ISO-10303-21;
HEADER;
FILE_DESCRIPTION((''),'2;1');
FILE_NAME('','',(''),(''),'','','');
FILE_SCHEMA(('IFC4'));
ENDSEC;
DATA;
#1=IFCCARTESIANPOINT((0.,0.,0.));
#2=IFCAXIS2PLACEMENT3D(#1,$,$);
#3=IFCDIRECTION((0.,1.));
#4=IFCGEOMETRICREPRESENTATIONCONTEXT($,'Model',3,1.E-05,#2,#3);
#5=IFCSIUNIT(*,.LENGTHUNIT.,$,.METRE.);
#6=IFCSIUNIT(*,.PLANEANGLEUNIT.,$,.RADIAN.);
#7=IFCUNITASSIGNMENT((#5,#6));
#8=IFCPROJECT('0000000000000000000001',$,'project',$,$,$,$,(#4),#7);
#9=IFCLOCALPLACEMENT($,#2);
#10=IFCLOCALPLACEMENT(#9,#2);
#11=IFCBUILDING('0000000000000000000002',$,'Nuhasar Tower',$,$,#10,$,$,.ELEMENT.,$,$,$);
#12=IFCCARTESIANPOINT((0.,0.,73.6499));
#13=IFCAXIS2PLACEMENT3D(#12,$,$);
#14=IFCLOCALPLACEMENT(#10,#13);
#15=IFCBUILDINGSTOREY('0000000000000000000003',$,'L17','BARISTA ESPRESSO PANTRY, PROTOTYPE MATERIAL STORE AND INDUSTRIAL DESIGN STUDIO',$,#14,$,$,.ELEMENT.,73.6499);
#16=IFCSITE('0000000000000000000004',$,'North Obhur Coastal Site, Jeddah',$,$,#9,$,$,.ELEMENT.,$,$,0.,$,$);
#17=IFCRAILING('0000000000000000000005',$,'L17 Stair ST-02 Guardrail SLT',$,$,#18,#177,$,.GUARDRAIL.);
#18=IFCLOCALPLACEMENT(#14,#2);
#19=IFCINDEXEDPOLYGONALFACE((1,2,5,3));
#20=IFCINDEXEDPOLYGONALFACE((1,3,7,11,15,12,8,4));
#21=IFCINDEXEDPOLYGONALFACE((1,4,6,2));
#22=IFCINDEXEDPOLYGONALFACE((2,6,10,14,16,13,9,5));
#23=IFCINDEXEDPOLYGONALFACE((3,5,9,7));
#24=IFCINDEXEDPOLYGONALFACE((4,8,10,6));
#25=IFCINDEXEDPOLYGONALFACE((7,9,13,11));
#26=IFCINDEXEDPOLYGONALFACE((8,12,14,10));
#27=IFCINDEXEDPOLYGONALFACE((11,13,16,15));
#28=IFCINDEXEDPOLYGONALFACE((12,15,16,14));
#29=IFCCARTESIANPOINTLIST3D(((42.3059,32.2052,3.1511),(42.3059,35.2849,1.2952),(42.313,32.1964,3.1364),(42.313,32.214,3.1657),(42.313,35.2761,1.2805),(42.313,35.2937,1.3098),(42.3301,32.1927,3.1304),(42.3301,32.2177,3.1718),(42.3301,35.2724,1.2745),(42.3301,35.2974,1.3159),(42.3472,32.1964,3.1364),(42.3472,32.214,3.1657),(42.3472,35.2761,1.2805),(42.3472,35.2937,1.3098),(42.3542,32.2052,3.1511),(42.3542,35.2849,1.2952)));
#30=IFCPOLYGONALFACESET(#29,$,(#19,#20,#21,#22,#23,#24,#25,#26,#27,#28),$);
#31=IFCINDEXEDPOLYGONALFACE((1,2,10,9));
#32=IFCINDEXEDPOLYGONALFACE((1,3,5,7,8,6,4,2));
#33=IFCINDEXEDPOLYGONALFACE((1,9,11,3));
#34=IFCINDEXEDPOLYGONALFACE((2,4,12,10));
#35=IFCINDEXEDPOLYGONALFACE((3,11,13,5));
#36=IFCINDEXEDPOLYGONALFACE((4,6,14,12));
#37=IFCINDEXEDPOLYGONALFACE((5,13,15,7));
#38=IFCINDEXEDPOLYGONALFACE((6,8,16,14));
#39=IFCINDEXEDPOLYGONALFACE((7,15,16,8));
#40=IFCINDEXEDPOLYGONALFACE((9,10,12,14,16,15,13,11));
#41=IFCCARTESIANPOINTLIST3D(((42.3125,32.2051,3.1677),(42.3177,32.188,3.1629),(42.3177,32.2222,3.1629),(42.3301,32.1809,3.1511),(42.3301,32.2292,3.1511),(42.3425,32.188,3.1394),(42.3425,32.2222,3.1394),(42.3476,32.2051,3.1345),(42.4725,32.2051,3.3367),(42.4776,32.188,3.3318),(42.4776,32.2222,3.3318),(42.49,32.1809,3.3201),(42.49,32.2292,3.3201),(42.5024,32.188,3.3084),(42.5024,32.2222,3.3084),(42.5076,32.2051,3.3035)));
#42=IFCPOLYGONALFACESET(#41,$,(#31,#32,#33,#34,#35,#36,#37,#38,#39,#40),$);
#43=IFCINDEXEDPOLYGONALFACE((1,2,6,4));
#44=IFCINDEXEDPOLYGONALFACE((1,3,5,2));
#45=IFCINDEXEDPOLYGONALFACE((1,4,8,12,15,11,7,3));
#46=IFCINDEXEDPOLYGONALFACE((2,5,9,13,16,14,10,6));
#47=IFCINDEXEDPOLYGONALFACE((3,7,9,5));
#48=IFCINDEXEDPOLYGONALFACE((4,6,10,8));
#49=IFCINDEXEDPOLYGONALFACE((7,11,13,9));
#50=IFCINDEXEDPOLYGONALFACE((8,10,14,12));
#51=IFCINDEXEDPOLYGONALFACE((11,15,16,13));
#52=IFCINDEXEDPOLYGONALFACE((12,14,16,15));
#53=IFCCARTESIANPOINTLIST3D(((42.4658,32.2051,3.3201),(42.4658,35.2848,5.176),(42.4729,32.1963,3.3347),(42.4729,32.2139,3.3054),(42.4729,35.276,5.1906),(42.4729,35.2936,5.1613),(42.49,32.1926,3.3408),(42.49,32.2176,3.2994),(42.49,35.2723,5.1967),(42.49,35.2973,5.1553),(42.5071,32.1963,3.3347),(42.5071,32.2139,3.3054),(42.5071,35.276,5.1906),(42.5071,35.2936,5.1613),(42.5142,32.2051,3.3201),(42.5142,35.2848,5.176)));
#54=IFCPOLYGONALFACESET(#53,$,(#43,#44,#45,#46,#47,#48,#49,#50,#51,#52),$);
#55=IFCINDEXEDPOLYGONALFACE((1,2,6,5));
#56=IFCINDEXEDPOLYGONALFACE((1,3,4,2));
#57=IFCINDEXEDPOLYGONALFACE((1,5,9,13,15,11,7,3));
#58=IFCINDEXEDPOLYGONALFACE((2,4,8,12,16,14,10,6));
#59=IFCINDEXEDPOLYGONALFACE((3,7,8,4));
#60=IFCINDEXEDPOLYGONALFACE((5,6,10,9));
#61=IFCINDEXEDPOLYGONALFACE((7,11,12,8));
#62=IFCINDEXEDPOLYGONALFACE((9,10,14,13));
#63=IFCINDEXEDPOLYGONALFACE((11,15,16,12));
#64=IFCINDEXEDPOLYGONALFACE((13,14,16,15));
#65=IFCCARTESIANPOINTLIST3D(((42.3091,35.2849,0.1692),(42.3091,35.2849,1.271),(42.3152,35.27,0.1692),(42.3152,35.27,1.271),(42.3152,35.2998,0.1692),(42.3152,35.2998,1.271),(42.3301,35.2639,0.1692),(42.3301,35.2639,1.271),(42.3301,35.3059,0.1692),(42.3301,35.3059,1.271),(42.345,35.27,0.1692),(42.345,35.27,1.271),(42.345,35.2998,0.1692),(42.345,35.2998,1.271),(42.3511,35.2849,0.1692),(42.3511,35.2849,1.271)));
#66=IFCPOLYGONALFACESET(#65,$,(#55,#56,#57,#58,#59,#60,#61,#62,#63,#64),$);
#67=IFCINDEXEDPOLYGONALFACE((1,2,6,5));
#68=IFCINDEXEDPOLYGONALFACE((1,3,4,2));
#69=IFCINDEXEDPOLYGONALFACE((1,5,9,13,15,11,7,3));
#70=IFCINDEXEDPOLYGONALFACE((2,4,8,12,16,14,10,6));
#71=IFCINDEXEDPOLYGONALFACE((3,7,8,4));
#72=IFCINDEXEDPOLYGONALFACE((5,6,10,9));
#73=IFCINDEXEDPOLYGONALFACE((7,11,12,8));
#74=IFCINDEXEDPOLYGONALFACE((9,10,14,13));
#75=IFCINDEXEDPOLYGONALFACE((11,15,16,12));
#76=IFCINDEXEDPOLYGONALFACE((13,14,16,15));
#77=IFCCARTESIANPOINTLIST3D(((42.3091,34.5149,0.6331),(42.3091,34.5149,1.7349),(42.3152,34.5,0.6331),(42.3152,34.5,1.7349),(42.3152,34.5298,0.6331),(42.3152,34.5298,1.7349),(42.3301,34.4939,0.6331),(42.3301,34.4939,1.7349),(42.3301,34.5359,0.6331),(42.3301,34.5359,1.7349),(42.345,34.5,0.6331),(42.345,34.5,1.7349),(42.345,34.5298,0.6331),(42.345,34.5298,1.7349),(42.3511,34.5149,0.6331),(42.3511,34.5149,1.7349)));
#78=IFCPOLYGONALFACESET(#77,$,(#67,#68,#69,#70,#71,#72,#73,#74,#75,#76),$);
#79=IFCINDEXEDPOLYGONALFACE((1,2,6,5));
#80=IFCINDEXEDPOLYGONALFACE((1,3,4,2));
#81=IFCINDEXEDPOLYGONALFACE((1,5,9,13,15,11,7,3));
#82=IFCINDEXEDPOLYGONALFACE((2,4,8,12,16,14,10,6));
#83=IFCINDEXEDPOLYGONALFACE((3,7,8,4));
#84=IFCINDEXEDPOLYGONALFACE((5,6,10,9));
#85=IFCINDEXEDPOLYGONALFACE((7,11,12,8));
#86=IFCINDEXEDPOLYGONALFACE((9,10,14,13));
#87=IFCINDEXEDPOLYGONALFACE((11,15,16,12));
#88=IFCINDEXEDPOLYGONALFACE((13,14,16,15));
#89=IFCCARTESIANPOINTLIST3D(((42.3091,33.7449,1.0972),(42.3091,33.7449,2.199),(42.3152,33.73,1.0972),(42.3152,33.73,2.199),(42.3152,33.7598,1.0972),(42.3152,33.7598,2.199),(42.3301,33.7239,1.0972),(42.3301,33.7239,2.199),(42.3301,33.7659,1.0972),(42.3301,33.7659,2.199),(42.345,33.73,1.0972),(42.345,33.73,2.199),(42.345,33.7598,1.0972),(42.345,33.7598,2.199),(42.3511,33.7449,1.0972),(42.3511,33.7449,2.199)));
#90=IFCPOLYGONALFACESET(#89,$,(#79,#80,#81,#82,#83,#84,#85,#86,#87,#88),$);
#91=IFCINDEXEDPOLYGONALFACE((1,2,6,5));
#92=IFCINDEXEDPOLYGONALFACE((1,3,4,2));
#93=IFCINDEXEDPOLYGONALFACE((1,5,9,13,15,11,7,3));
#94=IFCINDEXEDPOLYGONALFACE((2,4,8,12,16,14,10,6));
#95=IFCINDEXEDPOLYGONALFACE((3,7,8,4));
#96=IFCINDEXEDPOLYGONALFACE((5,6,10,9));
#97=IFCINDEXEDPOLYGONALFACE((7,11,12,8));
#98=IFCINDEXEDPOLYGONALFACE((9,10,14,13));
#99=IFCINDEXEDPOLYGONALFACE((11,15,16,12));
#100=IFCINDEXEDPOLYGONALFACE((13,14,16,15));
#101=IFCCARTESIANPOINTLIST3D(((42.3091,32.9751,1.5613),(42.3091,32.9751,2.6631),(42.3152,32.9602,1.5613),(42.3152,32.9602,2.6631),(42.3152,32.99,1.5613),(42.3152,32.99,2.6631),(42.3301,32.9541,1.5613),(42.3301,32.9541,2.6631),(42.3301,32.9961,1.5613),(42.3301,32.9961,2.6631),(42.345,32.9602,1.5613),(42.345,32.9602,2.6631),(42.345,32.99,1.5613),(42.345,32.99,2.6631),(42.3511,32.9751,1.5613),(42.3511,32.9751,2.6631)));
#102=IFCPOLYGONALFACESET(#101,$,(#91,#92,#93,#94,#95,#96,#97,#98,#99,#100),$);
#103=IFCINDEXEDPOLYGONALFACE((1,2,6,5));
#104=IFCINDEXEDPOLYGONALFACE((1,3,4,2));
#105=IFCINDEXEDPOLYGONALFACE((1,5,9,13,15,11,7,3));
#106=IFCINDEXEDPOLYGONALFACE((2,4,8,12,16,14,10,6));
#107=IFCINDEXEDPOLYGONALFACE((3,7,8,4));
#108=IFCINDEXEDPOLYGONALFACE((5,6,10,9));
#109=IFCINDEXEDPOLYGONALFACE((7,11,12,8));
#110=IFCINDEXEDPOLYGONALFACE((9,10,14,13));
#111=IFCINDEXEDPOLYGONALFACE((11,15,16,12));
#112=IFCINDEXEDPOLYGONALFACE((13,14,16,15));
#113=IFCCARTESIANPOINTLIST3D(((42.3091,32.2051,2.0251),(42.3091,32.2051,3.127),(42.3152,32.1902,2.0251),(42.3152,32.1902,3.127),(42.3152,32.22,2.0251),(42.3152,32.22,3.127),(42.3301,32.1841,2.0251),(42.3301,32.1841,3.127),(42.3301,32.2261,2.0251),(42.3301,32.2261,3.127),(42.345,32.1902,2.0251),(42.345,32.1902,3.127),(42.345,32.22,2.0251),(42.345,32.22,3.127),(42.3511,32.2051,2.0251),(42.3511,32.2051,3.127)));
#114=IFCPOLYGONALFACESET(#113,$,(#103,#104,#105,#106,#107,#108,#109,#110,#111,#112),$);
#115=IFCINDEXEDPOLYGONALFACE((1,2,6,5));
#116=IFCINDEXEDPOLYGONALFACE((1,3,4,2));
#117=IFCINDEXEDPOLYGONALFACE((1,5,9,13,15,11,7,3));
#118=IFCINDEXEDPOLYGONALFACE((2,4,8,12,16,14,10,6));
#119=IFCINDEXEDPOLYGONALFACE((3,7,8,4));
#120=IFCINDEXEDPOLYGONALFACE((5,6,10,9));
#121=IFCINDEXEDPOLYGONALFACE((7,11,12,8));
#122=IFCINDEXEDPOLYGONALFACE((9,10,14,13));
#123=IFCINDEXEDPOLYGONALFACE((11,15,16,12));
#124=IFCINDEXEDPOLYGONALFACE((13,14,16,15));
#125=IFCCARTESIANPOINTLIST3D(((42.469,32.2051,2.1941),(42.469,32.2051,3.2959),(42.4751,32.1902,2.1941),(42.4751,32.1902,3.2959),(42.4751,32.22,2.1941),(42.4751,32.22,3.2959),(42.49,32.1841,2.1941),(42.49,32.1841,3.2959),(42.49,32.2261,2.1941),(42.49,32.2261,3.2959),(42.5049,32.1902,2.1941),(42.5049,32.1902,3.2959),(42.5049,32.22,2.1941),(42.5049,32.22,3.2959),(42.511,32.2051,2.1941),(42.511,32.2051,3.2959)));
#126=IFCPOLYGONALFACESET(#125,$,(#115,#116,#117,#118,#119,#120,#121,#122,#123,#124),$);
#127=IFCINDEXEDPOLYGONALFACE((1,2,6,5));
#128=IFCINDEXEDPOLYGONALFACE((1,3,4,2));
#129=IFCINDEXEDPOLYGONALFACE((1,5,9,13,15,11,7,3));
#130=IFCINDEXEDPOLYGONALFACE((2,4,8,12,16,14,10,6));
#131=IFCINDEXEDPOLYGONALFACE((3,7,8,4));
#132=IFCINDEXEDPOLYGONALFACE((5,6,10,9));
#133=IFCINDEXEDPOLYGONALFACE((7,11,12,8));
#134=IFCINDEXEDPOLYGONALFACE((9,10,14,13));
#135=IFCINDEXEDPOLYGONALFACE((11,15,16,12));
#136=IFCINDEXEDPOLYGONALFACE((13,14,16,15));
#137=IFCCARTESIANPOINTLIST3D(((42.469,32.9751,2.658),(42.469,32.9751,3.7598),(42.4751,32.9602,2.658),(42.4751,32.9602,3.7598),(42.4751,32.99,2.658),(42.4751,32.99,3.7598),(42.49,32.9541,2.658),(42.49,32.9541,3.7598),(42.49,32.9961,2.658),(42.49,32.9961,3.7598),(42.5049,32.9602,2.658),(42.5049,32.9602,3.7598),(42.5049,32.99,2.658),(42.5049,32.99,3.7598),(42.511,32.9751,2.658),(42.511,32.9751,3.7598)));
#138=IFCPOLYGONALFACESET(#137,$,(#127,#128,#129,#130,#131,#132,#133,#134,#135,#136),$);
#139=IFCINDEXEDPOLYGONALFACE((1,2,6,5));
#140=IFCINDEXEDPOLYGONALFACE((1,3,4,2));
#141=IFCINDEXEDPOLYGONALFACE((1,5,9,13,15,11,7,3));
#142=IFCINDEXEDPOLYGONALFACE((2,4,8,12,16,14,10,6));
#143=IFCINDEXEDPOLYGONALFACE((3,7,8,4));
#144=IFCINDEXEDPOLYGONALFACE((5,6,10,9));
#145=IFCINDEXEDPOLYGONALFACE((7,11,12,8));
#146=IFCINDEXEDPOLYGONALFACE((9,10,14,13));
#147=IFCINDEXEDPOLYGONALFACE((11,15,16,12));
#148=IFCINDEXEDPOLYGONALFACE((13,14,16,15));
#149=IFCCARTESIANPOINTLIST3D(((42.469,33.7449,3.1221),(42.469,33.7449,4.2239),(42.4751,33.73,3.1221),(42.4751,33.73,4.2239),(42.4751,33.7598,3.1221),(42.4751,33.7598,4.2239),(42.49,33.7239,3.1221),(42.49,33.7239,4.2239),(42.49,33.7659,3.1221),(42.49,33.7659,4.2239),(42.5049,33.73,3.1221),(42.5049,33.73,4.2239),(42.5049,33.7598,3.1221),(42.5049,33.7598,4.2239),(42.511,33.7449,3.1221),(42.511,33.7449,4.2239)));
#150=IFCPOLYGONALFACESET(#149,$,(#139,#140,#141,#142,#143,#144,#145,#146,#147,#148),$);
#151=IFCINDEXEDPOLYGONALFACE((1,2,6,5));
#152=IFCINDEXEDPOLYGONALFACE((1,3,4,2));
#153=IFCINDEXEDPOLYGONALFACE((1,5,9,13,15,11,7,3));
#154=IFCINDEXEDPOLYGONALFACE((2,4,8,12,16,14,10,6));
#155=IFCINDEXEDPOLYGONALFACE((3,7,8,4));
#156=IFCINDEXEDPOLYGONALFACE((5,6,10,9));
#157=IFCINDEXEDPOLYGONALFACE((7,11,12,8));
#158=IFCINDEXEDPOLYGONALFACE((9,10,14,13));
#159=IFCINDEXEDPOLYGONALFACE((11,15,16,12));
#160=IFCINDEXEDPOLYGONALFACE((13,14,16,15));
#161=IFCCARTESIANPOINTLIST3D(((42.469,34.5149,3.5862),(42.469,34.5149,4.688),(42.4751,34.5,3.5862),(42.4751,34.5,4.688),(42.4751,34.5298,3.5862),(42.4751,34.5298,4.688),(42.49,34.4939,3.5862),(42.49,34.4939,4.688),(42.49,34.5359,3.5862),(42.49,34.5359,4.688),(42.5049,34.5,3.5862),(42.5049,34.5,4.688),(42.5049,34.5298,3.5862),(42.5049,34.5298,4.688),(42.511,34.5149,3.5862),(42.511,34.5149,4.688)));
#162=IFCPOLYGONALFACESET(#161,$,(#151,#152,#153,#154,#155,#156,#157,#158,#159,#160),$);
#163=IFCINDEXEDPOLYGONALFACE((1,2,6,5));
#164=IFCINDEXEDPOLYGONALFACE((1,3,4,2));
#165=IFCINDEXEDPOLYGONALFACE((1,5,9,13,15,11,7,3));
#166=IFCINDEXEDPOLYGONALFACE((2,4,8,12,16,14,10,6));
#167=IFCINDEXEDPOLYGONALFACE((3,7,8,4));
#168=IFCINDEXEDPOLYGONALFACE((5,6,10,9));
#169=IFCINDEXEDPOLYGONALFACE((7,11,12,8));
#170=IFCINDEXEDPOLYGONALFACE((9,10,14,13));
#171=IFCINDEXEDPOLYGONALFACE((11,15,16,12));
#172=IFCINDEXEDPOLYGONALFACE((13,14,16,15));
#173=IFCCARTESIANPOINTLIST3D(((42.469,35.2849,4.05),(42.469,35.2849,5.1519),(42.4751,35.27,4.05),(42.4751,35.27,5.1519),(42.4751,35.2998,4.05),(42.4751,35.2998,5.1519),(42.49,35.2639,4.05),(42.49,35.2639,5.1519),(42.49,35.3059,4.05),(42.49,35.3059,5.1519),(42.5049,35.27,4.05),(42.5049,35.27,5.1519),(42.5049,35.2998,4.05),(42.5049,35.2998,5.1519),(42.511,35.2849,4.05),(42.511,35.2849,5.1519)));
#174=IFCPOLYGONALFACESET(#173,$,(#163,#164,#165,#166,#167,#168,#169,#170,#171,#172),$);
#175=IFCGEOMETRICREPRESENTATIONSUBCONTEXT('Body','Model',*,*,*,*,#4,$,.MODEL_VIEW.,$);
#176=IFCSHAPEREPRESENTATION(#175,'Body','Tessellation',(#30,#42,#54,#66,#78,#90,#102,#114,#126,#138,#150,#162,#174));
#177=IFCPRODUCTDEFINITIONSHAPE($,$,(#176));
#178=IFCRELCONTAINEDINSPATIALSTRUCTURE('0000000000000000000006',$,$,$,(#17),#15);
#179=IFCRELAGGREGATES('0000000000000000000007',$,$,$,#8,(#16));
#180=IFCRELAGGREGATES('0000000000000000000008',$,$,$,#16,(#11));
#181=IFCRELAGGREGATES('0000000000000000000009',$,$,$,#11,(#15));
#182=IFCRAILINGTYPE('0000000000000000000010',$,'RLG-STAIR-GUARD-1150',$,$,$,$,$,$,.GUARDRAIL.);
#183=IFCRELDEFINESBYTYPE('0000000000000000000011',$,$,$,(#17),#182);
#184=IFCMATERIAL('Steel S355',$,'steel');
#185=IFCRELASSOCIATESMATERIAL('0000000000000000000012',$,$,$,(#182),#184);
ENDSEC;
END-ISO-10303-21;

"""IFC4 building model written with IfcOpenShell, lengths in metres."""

from ifc_helpers import new_model, si_unit, direction, frame, origin, place, context, subcontext, project, spatial, polyline, outline, extrude, material, type_object, element, save


model = new_model("IFC4")

# Units and contexts
model_context = context("Model", 3, precision=1e-05, world=origin(), true_north=direction((0.0, 1.0)))
body_context = subcontext(model_context, "Body", "Model", "MODEL_VIEW")
ifc_project = project(units=[si_unit("LENGTHUNIT", "METRE"), si_unit("PLANEANGLEUNIT", "RADIAN")], contexts=[model_context])

# Site, building, storey
site_placement = place(None, origin())
site = spatial("IfcSite", under=ifc_project, at=site_placement, Name="North Obhur Coastal Site, Jeddah", CompositionType="ELEMENT", RefElevation=0.0)
building_placement = place(site_placement, origin())
building = spatial("IfcBuilding", under=site, at=building_placement, Name="Nuhasar Tower", CompositionType="ELEMENT")
storey_placement = place(building_placement, frame((0.0, 0.0, 73.6499)))
storey = spatial("IfcBuildingStorey", under=building, at=storey_placement, Name="L17", Description="BARISTA ESPRESSO PANTRY, PROTOTYPE MATERIAL STORE AND INDUSTRIAL DESIGN STUDIO", CompositionType="ELEMENT", Elevation=73.6499)

# Shared definitions
ifc_material_1 = material(Name="Steel S355", Category="steel")

# Railing
railing_type_1 = type_object("IfcRailingType", Name="RLG-STAIR-GUARD-1150", PredefinedType="GUARDRAIL", material=ifc_material_1)
railing_1_placement = place(storey_placement, frame((42.3301, 35.2849, 0.1692)))
element("IfcRailing", 1, at=railing_1_placement, inside=storey, type_object=railing_type_1, Name="L17 Stair ST-02 Guardrail SLT", PredefinedType="GUARDRAIL", context=body_context, shape_type="SweptSolid", body=[
    extrude(outline(polyline([(0.0242, 0.0), (0.0171, 0.0171), (0.0, 0.0242), (-0.0171, 0.0171), (-0.0242, 0.0), (-0.0171, -0.0171), (0.0, -0.0242), (0.0171, -0.0171), (0.0242, 0.0)])), frame((0.0, 0.0, 1.126), z_axis=(0.0, -0.856503, 0.516142), x_axis=(1.0, 0.0, 0.0)), (0.0, 0.0, 1.0), 3.5957),
    extrude(outline(polyline([(0.0242, 0.0), (0.0171, 0.0171), (0.0, 0.0242), (-0.0171, 0.0171), (-0.0242, 0.0), (-0.0171, -0.0171), (0.0, -0.0242), (0.0171, -0.0171), (0.0242, 0.0)])), frame((0.0, -3.0798, 2.9819), z_axis=(0.687424, 0.0, 0.726256), x_axis=(0.0, 1.0, 0.0)), (0.0, 0.0, 1.0), 0.2327),
    extrude(outline(polyline([(0.0242, 0.0), (0.0171, 0.0171), (0.0, 0.0242), (-0.0171, 0.0171), (-0.0242, 0.0), (-0.0171, -0.0171), (0.0, -0.0242), (0.0171, -0.0171), (0.0242, 0.0)])), frame((0.1599, -3.0798, 3.1509), z_axis=(0.0, 0.856503, 0.516142), x_axis=(-1.0, 0.0, 0.0)), (0.0, 0.0, 1.0), 3.5957),
    extrude(outline(polyline([(0.021, 0.0), (0.0149, 0.0149), (0.0, 0.021), (-0.0149, 0.0149), (-0.021, 0.0), (-0.0149, -0.0149), (0.0, -0.021), (0.0149, -0.0149), (0.021, 0.0)])), origin(), (0.0, 0.0, 1.0), 1.1018),
    extrude(outline(polyline([(0.021, 0.0), (0.0149, 0.0149), (0.0, 0.021), (-0.0149, 0.0149), (-0.021, 0.0), (-0.0149, -0.0149), (0.0, -0.021), (0.0149, -0.0149), (0.021, 0.0)])), frame((0.0, -0.77, 0.4639)), (0.0, 0.0, 1.0), 1.1018),
    extrude(outline(polyline([(0.021, 0.0), (0.0149, 0.0149), (0.0, 0.021), (-0.0149, 0.0149), (-0.021, 0.0), (-0.0149, -0.0149), (0.0, -0.021), (0.0149, -0.0149), (0.021, 0.0)])), frame((0.0, -1.54, 0.928)), (0.0, 0.0, 1.0), 1.1018),
    extrude(outline(polyline([(0.021, 0.0), (0.0149, 0.0149), (0.0, 0.021), (-0.0149, 0.0149), (-0.021, 0.0), (-0.0149, -0.0149), (0.0, -0.021), (0.0149, -0.0149), (0.021, 0.0)])), frame((0.0, -2.3098, 1.3921)), (0.0, 0.0, 1.0), 1.1018),
    extrude(outline(polyline([(0.021, 0.0), (0.0149, 0.0149), (0.0, 0.021), (-0.0149, 0.0149), (-0.021, 0.0), (-0.0149, -0.0149), (0.0, -0.021), (0.0149, -0.0149), (0.021, 0.0)])), frame((0.0, -3.0798, 1.856)), (0.0, 0.0, 1.0), 1.1018),
    extrude(outline(polyline([(0.021, 0.0), (0.0149, 0.0149), (0.0, 0.021), (-0.0149, 0.0149), (-0.021, 0.0), (-0.0149, -0.0149), (0.0, -0.021), (0.0149, -0.0149), (0.021, 0.0)])), frame((0.1599, -3.0798, 2.0249)), (0.0, 0.0, 1.0), 1.1018),
    extrude(outline(polyline([(0.021, 0.0), (0.0149, 0.0149), (0.0, 0.021), (-0.0149, 0.0149), (-0.021, 0.0), (-0.0149, -0.0149), (0.0, -0.021), (0.0149, -0.0149), (0.021, 0.0)])), frame((0.1599, -2.3098, 2.4888)), (0.0, 0.0, 1.0), 1.1018),
    extrude(outline(polyline([(0.021, 0.0), (0.0149, 0.0149), (0.0, 0.021), (-0.0149, 0.0149), (-0.021, 0.0), (-0.0149, -0.0149), (0.0, -0.021), (0.0149, -0.0149), (0.021, 0.0)])), frame((0.1599, -1.54, 2.9529)), (0.0, 0.0, 1.0), 1.1018),
    extrude(outline(polyline([(0.021, 0.0), (0.0149, 0.0149), (0.0, 0.021), (-0.0149, 0.0149), (-0.021, 0.0), (-0.0149, -0.0149), (0.0, -0.021), (0.0149, -0.0149), (0.021, 0.0)])), frame((0.1599, -0.77, 3.417)), (0.0, 0.0, 1.0), 1.1018),
    extrude(outline(polyline([(0.021, 0.0), (0.0149, 0.0149), (0.0, 0.021), (-0.0149, 0.0149), (-0.021, 0.0), (-0.0149, -0.0149), (0.0, -0.021), (0.0149, -0.0149), (0.021, 0.0)])), frame((0.1599, 0.0, 3.8809)), (0.0, 0.0, 1.0), 1.1018),
])

save(model, "model.ifc")
